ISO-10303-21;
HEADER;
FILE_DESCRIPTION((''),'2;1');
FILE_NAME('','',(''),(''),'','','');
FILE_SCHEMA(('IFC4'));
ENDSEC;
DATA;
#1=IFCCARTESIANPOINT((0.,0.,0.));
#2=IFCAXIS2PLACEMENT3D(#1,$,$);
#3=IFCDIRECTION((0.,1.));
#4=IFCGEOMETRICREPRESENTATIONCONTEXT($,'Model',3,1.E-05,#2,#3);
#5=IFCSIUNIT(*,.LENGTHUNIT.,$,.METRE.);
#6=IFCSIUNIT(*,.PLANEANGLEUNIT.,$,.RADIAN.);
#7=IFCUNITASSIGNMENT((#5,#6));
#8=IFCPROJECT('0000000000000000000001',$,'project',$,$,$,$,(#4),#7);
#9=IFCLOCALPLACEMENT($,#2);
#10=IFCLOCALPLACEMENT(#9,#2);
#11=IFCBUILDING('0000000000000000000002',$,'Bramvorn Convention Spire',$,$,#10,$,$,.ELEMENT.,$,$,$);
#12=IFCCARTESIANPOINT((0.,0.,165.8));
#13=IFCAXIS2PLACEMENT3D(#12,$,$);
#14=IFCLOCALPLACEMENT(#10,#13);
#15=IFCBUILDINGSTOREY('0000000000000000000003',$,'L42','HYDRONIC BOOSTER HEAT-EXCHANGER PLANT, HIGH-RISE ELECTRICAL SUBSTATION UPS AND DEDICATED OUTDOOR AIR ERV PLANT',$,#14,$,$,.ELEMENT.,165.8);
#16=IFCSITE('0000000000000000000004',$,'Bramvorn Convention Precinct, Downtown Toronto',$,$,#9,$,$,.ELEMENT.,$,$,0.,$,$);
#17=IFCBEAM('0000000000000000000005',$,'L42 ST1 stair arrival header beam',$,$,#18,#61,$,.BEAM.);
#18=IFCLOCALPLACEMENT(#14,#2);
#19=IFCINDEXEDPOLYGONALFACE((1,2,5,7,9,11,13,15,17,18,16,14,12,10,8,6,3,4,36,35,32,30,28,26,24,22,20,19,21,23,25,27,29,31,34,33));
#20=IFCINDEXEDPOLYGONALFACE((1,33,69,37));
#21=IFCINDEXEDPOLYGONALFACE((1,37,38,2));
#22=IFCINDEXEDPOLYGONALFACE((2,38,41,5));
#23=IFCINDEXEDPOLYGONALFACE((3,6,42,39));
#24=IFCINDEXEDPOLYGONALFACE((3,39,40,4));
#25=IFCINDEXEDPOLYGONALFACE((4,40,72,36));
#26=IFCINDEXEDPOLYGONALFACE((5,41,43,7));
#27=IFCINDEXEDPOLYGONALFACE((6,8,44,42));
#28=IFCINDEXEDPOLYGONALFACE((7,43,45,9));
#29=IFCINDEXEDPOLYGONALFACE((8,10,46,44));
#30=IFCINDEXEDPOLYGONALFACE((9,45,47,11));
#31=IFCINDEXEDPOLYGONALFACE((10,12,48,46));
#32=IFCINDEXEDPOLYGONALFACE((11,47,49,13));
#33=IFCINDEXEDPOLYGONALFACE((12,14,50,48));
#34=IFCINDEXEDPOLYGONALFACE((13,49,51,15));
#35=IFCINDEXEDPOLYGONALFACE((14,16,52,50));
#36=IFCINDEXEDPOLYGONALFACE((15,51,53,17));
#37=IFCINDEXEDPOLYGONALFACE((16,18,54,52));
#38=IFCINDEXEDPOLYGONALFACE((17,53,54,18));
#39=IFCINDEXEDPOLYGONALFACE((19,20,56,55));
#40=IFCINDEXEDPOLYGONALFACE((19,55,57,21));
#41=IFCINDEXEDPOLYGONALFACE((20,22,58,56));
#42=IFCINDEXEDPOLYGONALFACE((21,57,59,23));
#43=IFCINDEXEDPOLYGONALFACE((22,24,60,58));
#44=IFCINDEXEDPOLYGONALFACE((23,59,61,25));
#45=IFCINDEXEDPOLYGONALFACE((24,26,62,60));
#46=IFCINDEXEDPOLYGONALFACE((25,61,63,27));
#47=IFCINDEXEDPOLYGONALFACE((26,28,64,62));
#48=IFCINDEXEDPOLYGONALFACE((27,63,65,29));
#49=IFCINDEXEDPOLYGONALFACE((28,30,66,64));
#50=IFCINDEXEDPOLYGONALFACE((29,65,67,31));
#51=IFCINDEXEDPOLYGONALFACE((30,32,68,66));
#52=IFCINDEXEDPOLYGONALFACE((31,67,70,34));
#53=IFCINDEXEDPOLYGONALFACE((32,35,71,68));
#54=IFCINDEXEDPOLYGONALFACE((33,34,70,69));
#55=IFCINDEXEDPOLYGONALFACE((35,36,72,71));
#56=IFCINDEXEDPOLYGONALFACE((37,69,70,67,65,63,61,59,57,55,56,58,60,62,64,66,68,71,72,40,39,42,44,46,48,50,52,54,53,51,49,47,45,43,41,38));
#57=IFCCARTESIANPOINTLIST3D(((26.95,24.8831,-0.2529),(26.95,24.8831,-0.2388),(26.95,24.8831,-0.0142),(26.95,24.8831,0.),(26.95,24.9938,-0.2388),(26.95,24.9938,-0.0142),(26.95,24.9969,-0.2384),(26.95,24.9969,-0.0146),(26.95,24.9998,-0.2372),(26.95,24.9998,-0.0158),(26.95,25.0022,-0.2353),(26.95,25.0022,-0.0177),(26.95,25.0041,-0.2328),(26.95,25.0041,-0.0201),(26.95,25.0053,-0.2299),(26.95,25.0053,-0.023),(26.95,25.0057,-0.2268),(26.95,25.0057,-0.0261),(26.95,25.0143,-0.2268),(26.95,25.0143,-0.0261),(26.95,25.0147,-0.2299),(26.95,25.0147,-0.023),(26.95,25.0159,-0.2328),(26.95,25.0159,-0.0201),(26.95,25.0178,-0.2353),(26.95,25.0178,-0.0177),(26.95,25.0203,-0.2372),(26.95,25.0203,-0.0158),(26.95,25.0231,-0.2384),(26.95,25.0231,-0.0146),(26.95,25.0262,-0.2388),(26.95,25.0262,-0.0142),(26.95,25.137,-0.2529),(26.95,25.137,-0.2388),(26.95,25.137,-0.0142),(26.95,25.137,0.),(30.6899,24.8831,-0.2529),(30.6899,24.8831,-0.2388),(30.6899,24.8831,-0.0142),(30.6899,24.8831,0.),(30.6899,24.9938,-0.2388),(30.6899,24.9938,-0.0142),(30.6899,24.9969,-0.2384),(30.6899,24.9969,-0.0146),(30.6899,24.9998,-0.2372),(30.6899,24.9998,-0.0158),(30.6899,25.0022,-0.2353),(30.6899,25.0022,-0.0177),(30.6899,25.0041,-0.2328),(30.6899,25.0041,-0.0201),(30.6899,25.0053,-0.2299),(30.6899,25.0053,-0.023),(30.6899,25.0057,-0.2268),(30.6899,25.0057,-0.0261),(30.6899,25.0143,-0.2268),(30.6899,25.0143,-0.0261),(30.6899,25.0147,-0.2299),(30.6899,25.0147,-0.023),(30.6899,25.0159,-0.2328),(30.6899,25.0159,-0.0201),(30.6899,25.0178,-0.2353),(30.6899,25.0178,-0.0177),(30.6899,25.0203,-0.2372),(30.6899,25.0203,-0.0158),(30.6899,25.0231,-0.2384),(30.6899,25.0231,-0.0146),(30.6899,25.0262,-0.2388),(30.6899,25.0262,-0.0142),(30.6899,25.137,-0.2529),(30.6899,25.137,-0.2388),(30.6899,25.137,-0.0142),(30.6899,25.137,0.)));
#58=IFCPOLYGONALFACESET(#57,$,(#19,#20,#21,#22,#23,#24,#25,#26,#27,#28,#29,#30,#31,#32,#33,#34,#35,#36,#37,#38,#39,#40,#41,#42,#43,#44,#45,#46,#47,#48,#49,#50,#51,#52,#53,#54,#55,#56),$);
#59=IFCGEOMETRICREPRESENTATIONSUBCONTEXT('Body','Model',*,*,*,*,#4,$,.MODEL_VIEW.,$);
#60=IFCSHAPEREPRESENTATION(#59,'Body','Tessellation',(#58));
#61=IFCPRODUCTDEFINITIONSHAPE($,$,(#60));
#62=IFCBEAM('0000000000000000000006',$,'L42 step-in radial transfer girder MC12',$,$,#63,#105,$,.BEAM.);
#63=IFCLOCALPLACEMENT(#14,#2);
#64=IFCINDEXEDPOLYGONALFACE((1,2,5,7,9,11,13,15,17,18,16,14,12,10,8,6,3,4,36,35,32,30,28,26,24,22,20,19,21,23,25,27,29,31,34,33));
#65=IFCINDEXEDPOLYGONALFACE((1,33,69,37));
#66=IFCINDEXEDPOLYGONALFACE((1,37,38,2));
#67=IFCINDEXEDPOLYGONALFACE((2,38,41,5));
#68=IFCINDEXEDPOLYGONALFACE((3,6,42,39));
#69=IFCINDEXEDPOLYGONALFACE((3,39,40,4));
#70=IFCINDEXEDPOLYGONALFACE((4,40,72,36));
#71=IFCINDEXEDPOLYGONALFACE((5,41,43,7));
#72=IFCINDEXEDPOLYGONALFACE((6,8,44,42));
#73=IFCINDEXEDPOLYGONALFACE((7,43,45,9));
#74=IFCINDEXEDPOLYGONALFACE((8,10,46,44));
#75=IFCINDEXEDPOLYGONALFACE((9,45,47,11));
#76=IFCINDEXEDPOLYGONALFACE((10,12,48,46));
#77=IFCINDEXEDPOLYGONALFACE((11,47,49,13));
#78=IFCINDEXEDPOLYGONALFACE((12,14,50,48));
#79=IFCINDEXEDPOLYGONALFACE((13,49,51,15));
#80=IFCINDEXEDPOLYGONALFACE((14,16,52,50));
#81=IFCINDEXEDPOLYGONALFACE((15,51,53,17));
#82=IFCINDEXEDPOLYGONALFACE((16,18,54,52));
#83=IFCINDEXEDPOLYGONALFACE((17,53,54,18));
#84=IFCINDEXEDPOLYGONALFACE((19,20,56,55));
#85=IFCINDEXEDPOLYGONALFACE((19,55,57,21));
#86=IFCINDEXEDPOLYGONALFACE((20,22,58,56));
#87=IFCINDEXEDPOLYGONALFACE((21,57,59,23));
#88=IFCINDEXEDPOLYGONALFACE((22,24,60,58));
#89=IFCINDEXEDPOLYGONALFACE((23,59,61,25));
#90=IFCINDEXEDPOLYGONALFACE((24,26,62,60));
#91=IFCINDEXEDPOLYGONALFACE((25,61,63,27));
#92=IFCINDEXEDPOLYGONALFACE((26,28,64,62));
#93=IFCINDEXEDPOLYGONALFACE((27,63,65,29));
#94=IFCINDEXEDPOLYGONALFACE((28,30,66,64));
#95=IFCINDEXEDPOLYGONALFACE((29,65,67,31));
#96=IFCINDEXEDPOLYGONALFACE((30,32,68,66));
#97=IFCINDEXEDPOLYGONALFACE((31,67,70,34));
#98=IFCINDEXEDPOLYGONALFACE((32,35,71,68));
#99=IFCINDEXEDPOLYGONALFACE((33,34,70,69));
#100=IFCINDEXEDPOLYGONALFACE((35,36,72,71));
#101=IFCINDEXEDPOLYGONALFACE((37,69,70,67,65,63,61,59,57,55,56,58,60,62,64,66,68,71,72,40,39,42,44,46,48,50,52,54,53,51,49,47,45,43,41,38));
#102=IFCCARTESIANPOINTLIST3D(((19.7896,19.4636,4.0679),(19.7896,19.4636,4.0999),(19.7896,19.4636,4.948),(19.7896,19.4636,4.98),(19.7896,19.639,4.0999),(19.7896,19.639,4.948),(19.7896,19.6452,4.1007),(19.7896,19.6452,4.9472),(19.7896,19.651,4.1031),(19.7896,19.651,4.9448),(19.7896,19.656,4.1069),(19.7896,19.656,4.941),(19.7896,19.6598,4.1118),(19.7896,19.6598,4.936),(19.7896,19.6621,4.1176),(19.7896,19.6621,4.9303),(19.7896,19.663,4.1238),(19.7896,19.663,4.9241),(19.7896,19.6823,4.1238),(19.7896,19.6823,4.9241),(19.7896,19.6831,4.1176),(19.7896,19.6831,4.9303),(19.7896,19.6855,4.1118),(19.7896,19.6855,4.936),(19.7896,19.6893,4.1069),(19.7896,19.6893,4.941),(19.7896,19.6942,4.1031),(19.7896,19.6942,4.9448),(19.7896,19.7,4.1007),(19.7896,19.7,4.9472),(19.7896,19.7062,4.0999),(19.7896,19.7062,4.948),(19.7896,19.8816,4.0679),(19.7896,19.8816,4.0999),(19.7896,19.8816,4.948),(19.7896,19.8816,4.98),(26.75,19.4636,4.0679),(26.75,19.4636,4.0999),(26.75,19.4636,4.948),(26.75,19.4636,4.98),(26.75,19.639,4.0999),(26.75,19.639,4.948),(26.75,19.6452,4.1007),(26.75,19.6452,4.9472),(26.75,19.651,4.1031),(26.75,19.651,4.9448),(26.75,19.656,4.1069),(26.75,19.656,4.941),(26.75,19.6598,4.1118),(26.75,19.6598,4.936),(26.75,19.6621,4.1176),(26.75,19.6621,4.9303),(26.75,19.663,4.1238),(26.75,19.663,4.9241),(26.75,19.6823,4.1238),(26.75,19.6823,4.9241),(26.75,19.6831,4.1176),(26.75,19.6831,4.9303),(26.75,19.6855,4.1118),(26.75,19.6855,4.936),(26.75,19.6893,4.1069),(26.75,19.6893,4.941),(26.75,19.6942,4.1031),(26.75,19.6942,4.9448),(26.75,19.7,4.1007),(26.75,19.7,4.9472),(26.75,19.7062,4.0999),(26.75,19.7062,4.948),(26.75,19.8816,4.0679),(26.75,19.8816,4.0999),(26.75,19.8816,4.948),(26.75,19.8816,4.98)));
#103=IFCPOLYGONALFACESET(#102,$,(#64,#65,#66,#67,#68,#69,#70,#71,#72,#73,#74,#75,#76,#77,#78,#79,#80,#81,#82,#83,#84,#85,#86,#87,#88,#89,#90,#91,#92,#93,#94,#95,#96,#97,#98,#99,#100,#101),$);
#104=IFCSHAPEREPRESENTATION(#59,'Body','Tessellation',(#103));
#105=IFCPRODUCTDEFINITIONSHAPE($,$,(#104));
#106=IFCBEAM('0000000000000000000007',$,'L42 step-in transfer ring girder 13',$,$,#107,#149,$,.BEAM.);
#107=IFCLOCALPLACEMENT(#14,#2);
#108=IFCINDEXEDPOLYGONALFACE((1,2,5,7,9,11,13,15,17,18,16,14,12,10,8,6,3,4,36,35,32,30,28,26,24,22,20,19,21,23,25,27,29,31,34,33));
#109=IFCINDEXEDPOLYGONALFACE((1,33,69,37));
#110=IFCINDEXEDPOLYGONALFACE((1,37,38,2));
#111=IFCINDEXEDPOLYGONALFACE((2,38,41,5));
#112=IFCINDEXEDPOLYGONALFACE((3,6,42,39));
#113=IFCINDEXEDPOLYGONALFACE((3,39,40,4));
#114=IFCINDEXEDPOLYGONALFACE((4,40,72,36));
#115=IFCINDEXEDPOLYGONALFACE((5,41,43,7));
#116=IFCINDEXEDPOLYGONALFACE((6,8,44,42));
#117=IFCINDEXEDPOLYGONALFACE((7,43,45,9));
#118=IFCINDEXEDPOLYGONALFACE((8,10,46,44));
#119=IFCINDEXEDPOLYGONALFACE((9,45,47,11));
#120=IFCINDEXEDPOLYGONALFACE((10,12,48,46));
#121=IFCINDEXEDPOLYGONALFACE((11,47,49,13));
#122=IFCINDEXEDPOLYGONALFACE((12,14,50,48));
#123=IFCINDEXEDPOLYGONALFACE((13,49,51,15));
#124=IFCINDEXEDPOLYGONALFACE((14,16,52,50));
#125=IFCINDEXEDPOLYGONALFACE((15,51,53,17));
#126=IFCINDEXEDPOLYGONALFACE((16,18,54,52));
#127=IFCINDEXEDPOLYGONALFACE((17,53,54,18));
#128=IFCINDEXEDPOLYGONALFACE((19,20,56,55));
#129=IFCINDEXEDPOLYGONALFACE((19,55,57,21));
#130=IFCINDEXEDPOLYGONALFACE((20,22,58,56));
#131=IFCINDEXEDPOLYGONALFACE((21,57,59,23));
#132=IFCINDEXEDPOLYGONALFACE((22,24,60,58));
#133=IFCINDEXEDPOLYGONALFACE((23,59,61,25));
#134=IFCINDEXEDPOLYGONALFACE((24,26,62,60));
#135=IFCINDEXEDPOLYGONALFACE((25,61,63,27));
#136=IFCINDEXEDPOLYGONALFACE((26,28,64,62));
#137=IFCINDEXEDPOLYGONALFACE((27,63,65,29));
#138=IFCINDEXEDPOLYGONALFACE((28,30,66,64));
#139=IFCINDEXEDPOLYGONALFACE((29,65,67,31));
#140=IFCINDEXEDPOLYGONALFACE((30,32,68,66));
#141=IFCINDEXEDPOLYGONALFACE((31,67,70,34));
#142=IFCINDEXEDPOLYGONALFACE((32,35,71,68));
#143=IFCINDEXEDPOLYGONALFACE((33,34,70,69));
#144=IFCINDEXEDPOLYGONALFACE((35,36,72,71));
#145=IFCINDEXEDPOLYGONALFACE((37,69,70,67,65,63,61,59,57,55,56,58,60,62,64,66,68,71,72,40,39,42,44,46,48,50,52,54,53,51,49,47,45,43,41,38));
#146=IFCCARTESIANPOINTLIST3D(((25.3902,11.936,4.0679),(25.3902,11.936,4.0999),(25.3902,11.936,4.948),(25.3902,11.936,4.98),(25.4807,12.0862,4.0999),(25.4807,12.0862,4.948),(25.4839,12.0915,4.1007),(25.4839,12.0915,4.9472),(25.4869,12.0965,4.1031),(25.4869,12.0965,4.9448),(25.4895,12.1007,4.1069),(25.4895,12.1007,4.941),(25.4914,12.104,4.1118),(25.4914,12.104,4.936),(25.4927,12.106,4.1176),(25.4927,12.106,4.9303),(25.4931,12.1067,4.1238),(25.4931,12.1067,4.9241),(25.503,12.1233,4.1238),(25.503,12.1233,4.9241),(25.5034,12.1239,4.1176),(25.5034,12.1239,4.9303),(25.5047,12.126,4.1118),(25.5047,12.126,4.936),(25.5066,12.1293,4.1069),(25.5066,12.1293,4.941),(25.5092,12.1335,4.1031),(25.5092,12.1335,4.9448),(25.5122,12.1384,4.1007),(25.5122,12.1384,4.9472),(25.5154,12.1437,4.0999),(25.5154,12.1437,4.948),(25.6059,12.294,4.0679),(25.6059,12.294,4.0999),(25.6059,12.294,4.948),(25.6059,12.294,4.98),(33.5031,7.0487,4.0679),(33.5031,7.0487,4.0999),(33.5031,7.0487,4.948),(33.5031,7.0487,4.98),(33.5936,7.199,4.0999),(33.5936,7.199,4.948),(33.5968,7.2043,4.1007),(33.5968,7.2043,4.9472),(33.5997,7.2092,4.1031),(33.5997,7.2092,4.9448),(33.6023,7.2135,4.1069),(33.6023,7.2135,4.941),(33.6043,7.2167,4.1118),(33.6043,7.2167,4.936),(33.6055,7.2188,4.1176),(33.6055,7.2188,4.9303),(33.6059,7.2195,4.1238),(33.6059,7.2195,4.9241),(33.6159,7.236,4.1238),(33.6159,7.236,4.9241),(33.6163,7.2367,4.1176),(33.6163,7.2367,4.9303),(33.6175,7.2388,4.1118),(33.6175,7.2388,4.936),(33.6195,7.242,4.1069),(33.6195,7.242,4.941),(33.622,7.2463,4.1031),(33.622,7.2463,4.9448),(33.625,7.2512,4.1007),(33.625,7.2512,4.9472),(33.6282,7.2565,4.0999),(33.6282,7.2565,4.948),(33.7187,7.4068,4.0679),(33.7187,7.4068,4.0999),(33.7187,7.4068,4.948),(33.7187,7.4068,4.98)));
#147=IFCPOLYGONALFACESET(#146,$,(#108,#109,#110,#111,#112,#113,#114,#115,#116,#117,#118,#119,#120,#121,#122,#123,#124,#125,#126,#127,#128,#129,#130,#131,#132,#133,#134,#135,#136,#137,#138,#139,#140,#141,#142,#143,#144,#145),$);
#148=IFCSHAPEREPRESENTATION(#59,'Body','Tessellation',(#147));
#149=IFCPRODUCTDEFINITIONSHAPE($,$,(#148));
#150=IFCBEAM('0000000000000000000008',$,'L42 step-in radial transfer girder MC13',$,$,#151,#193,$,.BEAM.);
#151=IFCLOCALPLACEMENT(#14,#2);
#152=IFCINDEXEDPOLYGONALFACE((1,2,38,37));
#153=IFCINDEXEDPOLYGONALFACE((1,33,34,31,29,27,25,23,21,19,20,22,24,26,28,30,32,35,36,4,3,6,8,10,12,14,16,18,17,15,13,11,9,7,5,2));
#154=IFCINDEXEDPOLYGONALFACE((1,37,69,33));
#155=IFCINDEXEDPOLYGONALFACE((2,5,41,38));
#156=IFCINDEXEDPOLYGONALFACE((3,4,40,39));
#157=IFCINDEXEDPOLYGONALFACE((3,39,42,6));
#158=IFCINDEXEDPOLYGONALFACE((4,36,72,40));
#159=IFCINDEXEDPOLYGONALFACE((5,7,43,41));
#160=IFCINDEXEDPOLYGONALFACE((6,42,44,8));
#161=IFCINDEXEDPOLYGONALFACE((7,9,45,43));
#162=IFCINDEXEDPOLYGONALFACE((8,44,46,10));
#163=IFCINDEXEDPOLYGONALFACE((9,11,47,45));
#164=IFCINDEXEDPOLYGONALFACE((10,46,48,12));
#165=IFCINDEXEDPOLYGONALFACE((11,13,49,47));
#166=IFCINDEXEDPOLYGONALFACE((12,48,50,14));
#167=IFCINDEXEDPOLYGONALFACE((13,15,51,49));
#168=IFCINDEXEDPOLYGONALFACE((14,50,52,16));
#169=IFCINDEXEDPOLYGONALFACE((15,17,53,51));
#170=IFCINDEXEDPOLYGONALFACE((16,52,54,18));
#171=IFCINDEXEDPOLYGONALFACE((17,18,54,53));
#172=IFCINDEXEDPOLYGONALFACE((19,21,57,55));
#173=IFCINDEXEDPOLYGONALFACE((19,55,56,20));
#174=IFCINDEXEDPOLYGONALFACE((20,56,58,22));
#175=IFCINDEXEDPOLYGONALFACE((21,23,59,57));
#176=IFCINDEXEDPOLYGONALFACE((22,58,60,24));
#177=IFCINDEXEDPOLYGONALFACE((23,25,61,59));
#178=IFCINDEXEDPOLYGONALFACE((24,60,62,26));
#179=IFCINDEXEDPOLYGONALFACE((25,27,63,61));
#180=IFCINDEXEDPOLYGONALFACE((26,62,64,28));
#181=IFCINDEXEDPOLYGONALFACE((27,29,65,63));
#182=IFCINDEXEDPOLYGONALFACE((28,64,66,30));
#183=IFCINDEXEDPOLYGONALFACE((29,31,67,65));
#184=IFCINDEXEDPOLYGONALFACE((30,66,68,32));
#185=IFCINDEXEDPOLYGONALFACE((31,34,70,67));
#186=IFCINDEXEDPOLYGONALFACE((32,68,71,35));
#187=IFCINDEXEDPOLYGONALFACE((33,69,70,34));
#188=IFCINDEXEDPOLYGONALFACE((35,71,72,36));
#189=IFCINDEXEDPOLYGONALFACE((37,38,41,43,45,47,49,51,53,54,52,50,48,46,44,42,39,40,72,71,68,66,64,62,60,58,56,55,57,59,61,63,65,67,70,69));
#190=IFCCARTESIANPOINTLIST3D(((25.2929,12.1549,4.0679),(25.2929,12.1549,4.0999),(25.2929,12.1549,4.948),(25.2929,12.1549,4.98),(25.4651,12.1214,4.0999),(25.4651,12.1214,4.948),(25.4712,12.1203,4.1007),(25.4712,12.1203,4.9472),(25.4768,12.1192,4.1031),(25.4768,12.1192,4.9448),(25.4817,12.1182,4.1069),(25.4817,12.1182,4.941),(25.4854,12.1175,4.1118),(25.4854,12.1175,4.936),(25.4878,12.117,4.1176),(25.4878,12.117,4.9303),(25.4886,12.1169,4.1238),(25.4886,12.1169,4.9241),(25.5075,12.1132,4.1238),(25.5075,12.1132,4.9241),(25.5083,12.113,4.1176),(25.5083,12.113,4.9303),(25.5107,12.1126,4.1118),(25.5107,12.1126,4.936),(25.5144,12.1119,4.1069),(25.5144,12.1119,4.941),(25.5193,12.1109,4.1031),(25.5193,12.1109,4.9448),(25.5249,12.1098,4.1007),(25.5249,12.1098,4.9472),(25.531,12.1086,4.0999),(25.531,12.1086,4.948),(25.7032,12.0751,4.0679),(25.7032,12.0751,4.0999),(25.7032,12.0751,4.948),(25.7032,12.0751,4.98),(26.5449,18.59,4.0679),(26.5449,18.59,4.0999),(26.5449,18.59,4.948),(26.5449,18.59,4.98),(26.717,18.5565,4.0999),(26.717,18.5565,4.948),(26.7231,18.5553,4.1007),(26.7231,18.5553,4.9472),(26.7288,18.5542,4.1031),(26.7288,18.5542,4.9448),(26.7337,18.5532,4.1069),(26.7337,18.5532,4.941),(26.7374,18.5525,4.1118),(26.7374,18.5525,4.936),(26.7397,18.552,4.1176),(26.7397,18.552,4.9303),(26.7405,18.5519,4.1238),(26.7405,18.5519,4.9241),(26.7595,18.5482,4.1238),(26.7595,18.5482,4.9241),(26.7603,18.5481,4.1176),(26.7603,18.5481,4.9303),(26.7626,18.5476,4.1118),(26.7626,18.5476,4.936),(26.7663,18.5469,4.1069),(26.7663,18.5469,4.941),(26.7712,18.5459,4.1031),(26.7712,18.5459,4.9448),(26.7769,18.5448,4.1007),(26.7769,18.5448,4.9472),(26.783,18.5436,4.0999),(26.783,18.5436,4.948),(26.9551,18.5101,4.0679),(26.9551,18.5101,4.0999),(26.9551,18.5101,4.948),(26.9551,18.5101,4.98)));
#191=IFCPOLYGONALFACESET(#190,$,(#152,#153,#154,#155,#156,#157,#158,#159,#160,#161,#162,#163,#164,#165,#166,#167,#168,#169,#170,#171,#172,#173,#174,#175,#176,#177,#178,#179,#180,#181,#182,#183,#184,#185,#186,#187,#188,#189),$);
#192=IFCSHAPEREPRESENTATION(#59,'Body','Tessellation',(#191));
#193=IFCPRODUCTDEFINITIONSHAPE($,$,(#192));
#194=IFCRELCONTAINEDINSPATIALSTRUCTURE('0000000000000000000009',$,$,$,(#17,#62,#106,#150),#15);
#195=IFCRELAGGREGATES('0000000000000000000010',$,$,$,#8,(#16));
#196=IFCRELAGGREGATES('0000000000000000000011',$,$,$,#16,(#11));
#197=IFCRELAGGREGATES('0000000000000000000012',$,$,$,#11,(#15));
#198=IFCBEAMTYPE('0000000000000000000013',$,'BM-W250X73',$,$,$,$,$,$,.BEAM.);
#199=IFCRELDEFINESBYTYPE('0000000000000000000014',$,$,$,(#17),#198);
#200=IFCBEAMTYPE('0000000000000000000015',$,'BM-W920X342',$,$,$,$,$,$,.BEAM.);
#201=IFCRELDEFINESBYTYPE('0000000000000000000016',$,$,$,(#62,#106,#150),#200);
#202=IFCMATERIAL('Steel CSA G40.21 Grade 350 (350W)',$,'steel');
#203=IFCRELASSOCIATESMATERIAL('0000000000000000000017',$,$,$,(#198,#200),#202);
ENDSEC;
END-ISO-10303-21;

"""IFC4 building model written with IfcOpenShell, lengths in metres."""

from ifc_helpers import new_model, si_unit, direction, frame, origin, origin_2d, place, context, subcontext, project, spatial, i_section, extrude, material, material_profile, profile_set, type_object, element, save


model = new_model("IFC4")

# Units and contexts
model_context = context("Model", 3, precision=1e-05, world=origin(), true_north=direction((0.0, 1.0)))
body_context = subcontext(model_context, "Body", "Model", "MODEL_VIEW")
ifc_project = project(units=[si_unit("LENGTHUNIT", "METRE"), si_unit("PLANEANGLEUNIT", "RADIAN")], contexts=[model_context])

# Site, building, storey
site_placement = place(None, origin())
site = spatial("IfcSite", under=ifc_project, at=site_placement, Name="Bramvorn Convention Precinct, Downtown Toronto", CompositionType="ELEMENT", RefElevation=0.0)
building_placement = place(site_placement, origin())
building = spatial("IfcBuilding", under=site, at=building_placement, Name="Bramvorn Convention Spire", CompositionType="ELEMENT")
storey_placement = place(building_placement, frame((0.0, 0.0, 165.8)))
storey = spatial("IfcBuildingStorey", under=building, at=storey_placement, Name="L42", Description="HYDRONIC BOOSTER HEAT-EXCHANGER PLANT, HIGH-RISE ELECTRICAL SUBSTATION UPS AND DEDICATED OUTDOOR AIR ERV PLANT", CompositionType="ELEMENT", Elevation=165.8)

# Beams
ifc_material_1 = material(Name="Steel CSA G40.21 Grade 350 (350W)", Category="steel")
ifc_material_profile_1 = material_profile(ifc_material_1, i_section(OverallWidth=0.2539, OverallDepth=0.2529, WebThickness=0.0085, FlangeThickness=0.0142, FilletRadius=0.012, at=origin_2d()))
ifc_profile_set_1 = profile_set([ifc_material_profile_1], Name="Steel CSA G40.21 Grade 350 (350W) - W250X73")
beam_type_1 = type_object("IfcBeamType", Name="BM-W250X73", PredefinedType="BEAM", material=ifc_profile_set_1)
beam_1_placement = place(storey_placement, frame((26.95, 25.01, -0.1265), z_axis=(1.0, 0.0, 0.0), x_axis=(0.0, 1.0, 0.0)))
element("IfcBeam", 1, at=beam_1_placement, inside=storey, type_object=beam_type_1, Name="L42 ST1 stair arrival header beam", PredefinedType="BEAM", context=body_context, shape_type="SweptSolid", body=[
    extrude(i_section(OverallWidth=0.2539, OverallDepth=0.2529, WebThickness=0.0085, FlangeThickness=0.0142, FilletRadius=0.012, at=origin_2d()), origin(), (0.0, 0.0, 1.0), 3.74),
])
ifc_material_profile_2 = material_profile(ifc_material_1, i_section(OverallWidth=0.418, OverallDepth=0.9121, WebThickness=0.0193, FlangeThickness=0.032, FilletRadius=0.0239, at=origin_2d()))
ifc_profile_set_2 = profile_set([ifc_material_profile_2], Name="Steel CSA G40.21 Grade 350 (350W) - W920X342")
beam_type_2 = type_object("IfcBeamType", Name="BM-W920X342", PredefinedType="BEAM", material=ifc_profile_set_2)
beam_2_placement = place(storey_placement, frame((26.75, 19.6726, 4.5239), z_axis=(-1.0, 0.0, 0.0), x_axis=(0.0, -1.0, 0.0)))
element("IfcBeam", 2, at=beam_2_placement, inside=storey, type_object=beam_type_2, Name="L42 step-in radial transfer girder MC12", PredefinedType="BEAM", context=body_context, shape_type="SweptSolid", body=[
    extrude(i_section(OverallWidth=0.418, OverallDepth=0.9121, WebThickness=0.0193, FlangeThickness=0.032, FilletRadius=0.0239, at=origin_2d()), origin(), (0.0, 0.0, 1.0), 6.9604),
])
beam_3_placement = place(storey_placement, frame((25.498, 12.115, 4.5239), z_axis=(0.856582, -0.516011, 0.0), x_axis=(0.516011, 0.856582, 0.0)))
element("IfcBeam", 3, at=beam_3_placement, inside=storey, type_object=beam_type_2, Name="L42 step-in transfer ring girder 13", PredefinedType="BEAM", context=body_context, shape_type="SweptSolid", body=[
    extrude(i_section(OverallWidth=0.418, OverallDepth=0.9121, WebThickness=0.0193, FlangeThickness=0.032, FilletRadius=0.0239, at=origin_2d()), origin(), (0.0, 0.0, 1.0), 9.4712),
])
beam_4_placement = place(storey_placement, frame((26.75, 18.55, 4.5239), z_axis=(-0.190971, -0.981596, 0.0), x_axis=(0.981596, -0.190971, 0.0)))
element("IfcBeam", 4, at=beam_4_placement, inside=storey, type_object=beam_type_2, Name="L42 step-in radial transfer girder MC13", PredefinedType="BEAM", context=body_context, shape_type="SweptSolid", body=[
    extrude(i_section(OverallWidth=0.418, OverallDepth=0.9121, WebThickness=0.0193, FlangeThickness=0.032, FilletRadius=0.0239, at=origin_2d()), origin(), (0.0, 0.0, 1.0), 6.5557),
])

save(model, "model.ifc")
